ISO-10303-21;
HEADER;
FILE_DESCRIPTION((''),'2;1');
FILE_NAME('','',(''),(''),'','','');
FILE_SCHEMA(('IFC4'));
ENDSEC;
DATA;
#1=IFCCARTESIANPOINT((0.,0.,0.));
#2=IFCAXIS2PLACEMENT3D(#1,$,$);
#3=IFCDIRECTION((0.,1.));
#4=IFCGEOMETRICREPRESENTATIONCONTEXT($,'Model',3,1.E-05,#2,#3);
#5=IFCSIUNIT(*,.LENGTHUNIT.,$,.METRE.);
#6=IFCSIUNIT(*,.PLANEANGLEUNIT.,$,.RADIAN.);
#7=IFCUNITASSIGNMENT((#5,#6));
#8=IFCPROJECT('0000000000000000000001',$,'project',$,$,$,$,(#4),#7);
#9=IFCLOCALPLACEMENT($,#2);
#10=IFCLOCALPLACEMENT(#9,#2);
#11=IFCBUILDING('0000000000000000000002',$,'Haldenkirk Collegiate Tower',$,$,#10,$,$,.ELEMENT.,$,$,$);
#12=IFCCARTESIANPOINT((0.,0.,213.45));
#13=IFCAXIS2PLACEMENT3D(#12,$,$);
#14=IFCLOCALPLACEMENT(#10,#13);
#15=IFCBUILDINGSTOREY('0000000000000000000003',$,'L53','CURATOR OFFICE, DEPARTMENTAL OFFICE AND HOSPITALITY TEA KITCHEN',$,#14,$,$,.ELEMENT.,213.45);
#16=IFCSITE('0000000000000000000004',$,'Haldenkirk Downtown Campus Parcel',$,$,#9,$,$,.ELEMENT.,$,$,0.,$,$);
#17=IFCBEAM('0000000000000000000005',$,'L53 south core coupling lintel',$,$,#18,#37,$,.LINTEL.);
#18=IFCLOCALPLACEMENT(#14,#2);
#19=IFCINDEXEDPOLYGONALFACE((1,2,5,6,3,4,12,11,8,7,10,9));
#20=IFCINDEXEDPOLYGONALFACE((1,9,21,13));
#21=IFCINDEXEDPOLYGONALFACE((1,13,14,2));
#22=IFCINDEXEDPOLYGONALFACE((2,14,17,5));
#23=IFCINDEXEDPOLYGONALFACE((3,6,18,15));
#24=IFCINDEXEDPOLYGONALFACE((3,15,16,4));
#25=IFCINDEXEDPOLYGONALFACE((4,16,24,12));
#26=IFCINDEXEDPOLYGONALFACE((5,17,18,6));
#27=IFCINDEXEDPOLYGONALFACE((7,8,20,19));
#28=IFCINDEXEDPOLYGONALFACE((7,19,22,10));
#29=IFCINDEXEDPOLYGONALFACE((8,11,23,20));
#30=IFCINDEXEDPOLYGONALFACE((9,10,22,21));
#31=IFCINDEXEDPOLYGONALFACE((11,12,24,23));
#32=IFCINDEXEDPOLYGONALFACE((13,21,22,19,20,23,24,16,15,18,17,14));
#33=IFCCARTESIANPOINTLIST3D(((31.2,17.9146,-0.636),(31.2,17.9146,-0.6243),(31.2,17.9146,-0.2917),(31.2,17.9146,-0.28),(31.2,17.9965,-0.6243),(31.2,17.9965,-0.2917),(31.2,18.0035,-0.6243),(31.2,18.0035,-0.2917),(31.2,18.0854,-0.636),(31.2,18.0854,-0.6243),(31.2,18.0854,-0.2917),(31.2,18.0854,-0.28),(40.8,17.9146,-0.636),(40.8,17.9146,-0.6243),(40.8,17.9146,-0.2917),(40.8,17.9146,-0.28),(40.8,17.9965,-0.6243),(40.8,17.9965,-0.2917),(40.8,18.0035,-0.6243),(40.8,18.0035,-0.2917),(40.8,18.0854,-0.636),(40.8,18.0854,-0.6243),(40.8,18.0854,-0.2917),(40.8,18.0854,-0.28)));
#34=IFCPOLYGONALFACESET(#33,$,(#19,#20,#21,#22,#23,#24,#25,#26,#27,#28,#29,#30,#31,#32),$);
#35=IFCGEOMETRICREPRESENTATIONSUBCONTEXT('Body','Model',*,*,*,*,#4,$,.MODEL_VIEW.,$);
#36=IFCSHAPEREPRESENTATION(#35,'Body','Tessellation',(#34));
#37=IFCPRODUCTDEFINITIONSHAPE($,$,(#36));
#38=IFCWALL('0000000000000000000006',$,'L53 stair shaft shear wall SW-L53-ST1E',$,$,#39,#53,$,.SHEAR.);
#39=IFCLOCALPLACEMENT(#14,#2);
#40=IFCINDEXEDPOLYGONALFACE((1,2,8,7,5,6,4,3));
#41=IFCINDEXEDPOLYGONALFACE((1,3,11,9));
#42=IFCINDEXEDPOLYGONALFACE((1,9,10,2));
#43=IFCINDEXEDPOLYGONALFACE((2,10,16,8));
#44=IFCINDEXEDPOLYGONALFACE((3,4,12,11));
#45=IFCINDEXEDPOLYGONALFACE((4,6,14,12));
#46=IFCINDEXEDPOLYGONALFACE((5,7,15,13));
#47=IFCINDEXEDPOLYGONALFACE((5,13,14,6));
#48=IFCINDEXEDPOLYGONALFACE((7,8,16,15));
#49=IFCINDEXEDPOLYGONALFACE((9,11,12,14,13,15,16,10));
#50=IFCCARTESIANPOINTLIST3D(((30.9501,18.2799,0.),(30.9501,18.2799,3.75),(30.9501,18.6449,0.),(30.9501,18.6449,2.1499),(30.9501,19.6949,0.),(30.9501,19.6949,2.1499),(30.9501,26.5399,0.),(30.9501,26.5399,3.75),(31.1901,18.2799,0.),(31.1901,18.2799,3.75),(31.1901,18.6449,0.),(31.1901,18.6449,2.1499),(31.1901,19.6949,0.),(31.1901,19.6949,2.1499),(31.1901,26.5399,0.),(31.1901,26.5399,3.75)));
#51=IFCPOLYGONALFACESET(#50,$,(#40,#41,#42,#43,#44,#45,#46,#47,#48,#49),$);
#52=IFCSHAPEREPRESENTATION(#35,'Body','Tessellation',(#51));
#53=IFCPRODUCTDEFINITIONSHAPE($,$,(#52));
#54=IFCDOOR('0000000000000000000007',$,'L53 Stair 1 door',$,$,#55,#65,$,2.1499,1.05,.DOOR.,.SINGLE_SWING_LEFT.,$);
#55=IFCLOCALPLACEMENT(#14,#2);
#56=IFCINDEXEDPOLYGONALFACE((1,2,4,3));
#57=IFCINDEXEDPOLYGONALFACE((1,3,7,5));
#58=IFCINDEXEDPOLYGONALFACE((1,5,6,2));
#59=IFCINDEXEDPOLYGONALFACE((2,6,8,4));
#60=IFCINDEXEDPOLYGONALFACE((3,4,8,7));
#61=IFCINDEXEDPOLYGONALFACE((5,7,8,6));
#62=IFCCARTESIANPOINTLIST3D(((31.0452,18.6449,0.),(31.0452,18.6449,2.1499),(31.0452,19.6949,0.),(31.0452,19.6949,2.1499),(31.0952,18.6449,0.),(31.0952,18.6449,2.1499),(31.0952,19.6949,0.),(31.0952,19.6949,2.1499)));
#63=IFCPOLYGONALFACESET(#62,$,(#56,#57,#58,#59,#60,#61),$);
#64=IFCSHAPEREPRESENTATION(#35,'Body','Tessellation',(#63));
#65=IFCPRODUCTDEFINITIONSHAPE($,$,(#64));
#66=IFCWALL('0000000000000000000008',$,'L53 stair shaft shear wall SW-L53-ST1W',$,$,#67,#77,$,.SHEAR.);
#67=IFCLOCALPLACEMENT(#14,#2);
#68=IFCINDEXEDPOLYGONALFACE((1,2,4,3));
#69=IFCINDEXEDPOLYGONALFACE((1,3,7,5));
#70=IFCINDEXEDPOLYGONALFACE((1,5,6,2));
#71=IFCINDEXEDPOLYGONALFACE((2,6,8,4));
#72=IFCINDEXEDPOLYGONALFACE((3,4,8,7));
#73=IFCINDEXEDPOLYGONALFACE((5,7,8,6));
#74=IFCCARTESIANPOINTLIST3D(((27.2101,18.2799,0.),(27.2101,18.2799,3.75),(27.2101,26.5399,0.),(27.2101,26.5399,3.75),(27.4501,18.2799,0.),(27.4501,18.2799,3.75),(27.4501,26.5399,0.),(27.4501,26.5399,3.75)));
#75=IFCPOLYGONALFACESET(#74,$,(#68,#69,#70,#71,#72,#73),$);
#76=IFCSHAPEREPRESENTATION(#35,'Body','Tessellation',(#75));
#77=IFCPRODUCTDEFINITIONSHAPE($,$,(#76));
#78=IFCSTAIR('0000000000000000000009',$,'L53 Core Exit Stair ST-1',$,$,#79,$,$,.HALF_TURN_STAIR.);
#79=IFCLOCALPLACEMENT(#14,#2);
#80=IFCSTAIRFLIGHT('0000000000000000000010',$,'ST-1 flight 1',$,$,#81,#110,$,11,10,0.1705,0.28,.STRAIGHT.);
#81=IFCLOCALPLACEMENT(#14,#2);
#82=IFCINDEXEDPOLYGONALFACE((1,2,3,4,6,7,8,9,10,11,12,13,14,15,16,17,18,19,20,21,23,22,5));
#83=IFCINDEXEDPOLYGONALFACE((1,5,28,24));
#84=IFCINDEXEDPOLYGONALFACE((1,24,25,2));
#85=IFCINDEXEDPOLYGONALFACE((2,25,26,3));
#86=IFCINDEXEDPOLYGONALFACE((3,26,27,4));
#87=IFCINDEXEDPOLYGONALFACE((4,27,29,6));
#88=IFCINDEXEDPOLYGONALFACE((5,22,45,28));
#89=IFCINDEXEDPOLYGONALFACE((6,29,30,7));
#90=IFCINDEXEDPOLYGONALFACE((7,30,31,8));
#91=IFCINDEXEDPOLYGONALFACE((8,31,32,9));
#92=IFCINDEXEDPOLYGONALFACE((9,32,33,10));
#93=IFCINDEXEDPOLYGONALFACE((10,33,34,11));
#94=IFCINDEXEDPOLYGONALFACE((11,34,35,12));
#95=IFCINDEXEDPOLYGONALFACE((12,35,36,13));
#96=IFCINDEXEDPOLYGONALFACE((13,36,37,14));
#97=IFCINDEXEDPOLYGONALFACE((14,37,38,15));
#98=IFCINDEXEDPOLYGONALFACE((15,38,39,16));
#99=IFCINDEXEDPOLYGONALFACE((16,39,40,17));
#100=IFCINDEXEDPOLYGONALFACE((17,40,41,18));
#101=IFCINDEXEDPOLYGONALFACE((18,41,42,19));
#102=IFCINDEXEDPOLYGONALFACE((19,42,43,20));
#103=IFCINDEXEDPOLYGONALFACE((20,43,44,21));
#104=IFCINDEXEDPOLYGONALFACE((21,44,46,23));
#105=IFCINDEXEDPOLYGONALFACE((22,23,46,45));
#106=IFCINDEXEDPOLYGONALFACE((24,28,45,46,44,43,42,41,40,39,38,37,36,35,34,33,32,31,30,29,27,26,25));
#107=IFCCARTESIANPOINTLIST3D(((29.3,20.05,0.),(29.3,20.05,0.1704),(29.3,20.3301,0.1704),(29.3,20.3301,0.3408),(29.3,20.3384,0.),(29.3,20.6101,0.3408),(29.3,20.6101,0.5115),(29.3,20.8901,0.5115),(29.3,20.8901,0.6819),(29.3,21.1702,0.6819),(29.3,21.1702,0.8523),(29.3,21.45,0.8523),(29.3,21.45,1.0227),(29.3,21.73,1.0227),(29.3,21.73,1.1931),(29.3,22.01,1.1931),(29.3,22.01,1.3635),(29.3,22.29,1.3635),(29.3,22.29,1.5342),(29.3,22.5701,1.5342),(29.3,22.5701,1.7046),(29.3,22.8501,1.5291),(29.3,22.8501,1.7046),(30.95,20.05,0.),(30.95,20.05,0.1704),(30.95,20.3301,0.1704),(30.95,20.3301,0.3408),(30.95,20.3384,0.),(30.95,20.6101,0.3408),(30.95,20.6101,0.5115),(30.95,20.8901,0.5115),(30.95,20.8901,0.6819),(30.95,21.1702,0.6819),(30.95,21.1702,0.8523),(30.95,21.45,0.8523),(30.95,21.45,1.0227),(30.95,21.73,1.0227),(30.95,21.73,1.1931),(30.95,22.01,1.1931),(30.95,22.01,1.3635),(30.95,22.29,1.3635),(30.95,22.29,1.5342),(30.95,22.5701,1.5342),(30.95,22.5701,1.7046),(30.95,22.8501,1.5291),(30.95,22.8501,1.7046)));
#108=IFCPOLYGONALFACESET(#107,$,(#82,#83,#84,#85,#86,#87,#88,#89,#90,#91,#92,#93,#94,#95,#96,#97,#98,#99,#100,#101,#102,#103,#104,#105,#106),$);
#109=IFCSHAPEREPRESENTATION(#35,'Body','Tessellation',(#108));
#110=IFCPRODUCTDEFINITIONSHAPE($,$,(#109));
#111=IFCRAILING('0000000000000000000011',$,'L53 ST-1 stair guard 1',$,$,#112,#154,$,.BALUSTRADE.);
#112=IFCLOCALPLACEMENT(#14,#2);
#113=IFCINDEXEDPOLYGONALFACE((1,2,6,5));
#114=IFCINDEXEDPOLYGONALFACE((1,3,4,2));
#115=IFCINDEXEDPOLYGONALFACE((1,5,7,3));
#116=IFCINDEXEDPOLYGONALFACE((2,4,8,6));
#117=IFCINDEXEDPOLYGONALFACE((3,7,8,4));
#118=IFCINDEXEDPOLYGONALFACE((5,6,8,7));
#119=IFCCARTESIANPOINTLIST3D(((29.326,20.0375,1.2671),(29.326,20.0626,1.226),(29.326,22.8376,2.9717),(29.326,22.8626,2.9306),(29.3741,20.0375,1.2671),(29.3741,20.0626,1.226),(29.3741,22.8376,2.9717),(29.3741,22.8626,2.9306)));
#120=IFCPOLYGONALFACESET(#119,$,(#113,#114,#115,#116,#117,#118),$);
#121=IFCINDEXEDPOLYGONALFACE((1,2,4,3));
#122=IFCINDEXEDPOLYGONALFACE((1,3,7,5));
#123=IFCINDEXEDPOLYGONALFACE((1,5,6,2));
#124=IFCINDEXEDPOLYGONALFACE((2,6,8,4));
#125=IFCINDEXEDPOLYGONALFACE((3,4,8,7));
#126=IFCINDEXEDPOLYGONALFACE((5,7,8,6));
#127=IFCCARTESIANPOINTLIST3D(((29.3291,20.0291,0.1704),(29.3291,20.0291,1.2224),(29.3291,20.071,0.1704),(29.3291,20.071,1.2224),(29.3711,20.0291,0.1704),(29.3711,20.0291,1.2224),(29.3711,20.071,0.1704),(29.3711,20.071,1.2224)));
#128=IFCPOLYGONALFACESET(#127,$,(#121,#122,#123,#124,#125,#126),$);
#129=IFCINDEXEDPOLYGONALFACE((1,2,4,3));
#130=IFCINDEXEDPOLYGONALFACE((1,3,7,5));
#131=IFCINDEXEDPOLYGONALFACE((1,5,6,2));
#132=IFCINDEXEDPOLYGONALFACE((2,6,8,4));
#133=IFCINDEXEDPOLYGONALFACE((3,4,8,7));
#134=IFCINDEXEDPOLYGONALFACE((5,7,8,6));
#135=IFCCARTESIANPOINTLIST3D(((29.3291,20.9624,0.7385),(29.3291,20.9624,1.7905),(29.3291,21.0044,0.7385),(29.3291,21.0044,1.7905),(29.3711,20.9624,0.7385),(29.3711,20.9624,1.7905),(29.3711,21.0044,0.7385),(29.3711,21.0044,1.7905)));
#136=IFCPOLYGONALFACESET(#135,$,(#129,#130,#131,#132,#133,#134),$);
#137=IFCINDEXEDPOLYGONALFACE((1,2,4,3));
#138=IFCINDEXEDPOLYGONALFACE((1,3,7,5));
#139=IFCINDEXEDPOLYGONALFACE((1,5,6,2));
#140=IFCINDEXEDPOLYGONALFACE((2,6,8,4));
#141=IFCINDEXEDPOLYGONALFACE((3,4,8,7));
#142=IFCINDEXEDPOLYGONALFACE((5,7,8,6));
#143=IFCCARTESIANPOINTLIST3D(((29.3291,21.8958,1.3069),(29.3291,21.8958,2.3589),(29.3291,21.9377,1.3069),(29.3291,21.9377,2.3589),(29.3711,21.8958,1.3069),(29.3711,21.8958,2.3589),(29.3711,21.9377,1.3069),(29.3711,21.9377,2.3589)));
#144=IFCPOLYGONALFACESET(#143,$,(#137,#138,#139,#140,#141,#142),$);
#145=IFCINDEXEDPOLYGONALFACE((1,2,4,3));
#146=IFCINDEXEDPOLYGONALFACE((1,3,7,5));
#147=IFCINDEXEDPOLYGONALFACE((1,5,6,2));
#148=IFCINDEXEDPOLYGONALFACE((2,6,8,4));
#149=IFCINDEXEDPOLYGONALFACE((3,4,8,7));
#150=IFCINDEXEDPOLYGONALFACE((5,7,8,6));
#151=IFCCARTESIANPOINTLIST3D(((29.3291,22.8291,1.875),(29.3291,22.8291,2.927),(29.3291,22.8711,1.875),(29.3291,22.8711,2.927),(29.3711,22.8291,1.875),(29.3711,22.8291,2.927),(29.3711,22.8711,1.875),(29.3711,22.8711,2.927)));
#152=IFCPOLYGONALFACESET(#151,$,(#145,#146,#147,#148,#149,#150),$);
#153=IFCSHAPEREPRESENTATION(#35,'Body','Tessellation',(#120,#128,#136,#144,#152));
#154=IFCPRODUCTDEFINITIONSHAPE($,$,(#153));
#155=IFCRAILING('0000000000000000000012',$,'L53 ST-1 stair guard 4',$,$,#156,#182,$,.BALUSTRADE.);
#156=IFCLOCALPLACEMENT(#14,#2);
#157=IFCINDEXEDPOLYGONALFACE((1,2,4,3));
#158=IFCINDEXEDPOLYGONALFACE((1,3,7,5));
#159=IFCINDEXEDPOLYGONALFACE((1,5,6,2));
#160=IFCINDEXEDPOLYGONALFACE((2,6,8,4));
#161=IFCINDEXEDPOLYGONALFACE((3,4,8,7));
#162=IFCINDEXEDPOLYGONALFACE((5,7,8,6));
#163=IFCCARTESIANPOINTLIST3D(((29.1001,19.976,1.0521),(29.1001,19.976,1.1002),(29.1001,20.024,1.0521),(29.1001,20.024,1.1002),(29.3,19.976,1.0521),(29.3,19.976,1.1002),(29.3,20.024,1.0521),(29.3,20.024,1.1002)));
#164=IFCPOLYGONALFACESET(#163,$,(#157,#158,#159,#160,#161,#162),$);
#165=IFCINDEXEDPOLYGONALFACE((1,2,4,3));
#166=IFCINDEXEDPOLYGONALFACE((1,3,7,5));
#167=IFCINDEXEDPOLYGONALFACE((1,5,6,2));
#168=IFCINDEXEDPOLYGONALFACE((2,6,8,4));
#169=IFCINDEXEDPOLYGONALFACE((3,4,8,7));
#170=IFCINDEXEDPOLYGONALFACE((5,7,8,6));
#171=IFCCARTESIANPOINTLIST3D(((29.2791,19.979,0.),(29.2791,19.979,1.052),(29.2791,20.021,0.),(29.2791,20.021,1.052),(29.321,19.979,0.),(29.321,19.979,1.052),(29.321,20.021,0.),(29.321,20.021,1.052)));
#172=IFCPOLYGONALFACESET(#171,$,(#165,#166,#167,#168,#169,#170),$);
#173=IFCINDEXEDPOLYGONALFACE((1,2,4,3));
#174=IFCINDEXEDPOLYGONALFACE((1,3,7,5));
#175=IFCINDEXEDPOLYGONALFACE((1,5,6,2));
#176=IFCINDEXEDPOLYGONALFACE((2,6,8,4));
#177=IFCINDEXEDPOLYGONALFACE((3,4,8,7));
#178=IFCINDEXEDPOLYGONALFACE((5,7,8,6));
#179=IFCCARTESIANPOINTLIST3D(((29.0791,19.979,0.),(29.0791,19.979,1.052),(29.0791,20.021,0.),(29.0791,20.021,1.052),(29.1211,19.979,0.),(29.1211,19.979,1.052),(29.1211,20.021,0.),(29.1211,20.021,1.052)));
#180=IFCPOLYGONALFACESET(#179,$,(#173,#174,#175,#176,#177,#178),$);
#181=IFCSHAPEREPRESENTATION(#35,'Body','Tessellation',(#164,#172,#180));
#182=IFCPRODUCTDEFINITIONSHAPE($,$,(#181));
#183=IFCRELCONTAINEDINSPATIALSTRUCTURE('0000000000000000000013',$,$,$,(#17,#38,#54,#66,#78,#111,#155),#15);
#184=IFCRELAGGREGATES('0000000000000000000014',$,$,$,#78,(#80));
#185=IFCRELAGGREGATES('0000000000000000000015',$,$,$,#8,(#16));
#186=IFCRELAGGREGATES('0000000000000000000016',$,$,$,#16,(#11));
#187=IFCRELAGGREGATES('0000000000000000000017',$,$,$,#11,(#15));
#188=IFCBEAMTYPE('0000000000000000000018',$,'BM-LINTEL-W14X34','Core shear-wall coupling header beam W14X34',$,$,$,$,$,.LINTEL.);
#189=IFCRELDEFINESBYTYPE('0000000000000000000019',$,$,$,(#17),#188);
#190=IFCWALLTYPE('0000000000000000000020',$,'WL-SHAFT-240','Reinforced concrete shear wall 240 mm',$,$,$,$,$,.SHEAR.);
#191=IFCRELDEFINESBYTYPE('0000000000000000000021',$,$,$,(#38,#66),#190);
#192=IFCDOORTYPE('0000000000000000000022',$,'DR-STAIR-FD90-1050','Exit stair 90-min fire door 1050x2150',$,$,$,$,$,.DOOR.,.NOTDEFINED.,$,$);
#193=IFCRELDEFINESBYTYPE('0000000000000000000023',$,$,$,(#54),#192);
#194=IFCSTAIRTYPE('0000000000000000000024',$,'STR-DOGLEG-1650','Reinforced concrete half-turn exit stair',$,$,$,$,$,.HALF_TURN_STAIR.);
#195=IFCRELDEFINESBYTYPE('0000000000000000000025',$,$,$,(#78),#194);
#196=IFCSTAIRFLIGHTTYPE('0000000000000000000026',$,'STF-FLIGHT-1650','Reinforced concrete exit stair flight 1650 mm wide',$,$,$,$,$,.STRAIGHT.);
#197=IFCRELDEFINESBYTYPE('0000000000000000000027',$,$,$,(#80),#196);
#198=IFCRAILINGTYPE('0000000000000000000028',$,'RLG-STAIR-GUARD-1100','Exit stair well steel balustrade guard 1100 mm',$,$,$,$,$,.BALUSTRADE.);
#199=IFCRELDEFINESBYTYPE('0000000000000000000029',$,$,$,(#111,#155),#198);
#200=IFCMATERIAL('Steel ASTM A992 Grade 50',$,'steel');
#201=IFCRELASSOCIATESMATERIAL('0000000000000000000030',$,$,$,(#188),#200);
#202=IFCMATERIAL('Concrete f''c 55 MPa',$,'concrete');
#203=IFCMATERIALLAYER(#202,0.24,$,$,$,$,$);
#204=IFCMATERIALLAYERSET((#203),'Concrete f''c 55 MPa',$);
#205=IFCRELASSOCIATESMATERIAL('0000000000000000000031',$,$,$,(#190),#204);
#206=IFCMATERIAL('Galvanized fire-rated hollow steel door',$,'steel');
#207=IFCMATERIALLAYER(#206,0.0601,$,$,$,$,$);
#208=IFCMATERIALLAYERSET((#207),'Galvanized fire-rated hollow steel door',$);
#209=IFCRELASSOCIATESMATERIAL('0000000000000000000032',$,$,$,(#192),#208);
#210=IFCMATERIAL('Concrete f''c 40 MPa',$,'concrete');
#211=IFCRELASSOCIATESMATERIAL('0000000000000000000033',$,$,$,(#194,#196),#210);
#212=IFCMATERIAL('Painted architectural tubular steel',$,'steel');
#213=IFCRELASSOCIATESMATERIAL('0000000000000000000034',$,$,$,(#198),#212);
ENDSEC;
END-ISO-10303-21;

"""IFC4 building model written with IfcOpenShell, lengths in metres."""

from ifc_helpers import new_model, si_unit, direction, frame, frame_2d, origin, origin_2d, place, context, subcontext, project, spatial, polyline, rectangle, i_section, outline, extrude, material, layer, layer_set, material_profile, profile_set, type_object, element, fill, aggregate, save


model = new_model("IFC4")

# Units and contexts
model_context = context("Model", 3, precision=1e-05, world=origin(), true_north=direction((0.0, 1.0)))
body_context = subcontext(model_context, "Body", "Model", "MODEL_VIEW")
ifc_project = project(units=[si_unit("LENGTHUNIT", "METRE"), si_unit("PLANEANGLEUNIT", "RADIAN")], contexts=[model_context])

# Site, building, storey
site_placement = place(None, origin())
site = spatial("IfcSite", under=ifc_project, at=site_placement, Name="Haldenkirk Downtown Campus Parcel", CompositionType="ELEMENT", RefElevation=0.0)
building_placement = place(site_placement, origin())
building = spatial("IfcBuilding", under=site, at=building_placement, Name="Haldenkirk Collegiate Tower", CompositionType="ELEMENT")
storey_placement = place(building_placement, frame((0.0, 0.0, 213.45)))
storey = spatial("IfcBuildingStorey", under=building, at=storey_placement, Name="L53", Description="CURATOR OFFICE, DEPARTMENTAL OFFICE AND HOSPITALITY TEA KITCHEN", CompositionType="ELEMENT", Elevation=213.45)

# Beam
ifc_material_1 = material(Name="Steel ASTM A992 Grade 50", Category="steel")
ifc_material_profile = material_profile(ifc_material_1, i_section(OverallWidth=0.1709, OverallDepth=0.356, WebThickness=0.0071, FlangeThickness=0.0117, at=origin_2d()), Name="W14X34")
ifc_profile_set = profile_set([ifc_material_profile], Name="Steel ASTM A992 Grade 50")
beam_type = type_object("IfcBeamType", Name="BM-LINTEL-W14X34", Description="Core shear-wall coupling header beam W14X34", PredefinedType="LINTEL", material=ifc_profile_set)
beam_placement = place(storey_placement, frame((31.2, 18.0, -0.458), z_axis=(1.0, 0.0, 0.0), x_axis=(0.0, 1.0, 0.0)))
element("IfcBeam", 1, at=beam_placement, inside=storey, type_object=beam_type, Name="L53 south core coupling lintel", PredefinedType="LINTEL", context=body_context, shape_type="SweptSolid", body=[
    extrude(i_section(OverallWidth=0.1709, OverallDepth=0.356, WebThickness=0.0071, FlangeThickness=0.0117, at=origin_2d()), origin(), (0.0, 0.0, 1.0), 9.6001),
])

# Shared definitions
ifc_material_2 = material(Name="Galvanized fire-rated hollow steel door", Category="steel")

# Wall, opening, door
ifc_material_3 = material(Name="Concrete f'c 55 MPa", Category="concrete")
ifc_layer_1 = layer(ifc_material_3, 0.24)
ifc_layer_set_1 = layer_set([ifc_layer_1], Name="Concrete f'c 55 MPa")
wall_type_1 = type_object("IfcWallType", Name="WL-SHAFT-240", Description="Reinforced concrete shear wall 240 mm", PredefinedType="SHEAR", material=ifc_layer_set_1)
wall_1_placement = place(storey_placement, frame((31.0701, 18.28, 0.0), z_axis=(0.0, 0.0, 1.0), x_axis=(0.0, 1.0, 0.0)))
wall_1 = element("IfcWall", 2, at=wall_1_placement, inside=storey, type_object=wall_type_1, Name="L53 stair shaft shear wall SW-L53-ST1E", PredefinedType="SHEAR", context=body_context, shape_type="SweptSolid", body=[
    extrude(rectangle(XDim=8.26, YDim=0.24, at=frame_2d((4.1299, 0.0))), origin(), (0.0, 0.0, 1.0), 3.75),
])
opening_1_placement = place(wall_1_placement, frame((0.365, 0.0, 0.0)))
opening_1 = element("IfcOpeningElement", 3, at=opening_1_placement, cuts=wall_1, PredefinedType="OPENING", context=body_context, shape_type="SweptSolid", body=[
    extrude(rectangle(XDim=1.05, YDim=2.1499, at=frame_2d((0.5249, 1.075))), frame((0.0, 0.1299, 0.0), z_axis=(0.0, -1.0, 0.0), x_axis=(1.0, 0.0, 0.0)), (0.0, 0.0, 1.0), 0.26),
])
ifc_layer_2 = layer(ifc_material_2, 0.0601)
ifc_layer_set_2 = layer_set([ifc_layer_2], Name="Galvanized fire-rated hollow steel door")
door_type_1 = type_object("IfcDoorType", Name="DR-STAIR-FD90-1050", Description="Exit stair 90-min fire door 1050x2150", OperationType="NOTDEFINED", PredefinedType="DOOR", material=ifc_layer_set_2)
door_1_placement = place(opening_1_placement, origin())
door_1 = element("IfcDoor", 4, at=door_1_placement, inside=storey, type_object=door_type_1, Name="L53 Stair 1 door", OperationType="SINGLE_SWING_LEFT", OverallHeight=2.1499, OverallWidth=1.05, PredefinedType="DOOR", context=body_context, shape_type="SweptSolid", body=[
    extrude(rectangle(XDim=1.05, YDim=2.1499, at=frame_2d((0.5249, 1.075))), frame((0.0, 0.0249, 0.0), z_axis=(0.0, -1.0, 0.0), x_axis=(1.0, 0.0, 0.0)), (0.0, 0.0, 1.0), 0.05),
])
fill(opening_1, door_1)

# Wall
wall_2_placement = place(storey_placement, frame((27.3301, 18.28, 0.0), z_axis=(0.0, 0.0, 1.0), x_axis=(0.0, 1.0, 0.0)))
element("IfcWall", 5, at=wall_2_placement, inside=storey, type_object=wall_type_1, Name="L53 stair shaft shear wall SW-L53-ST1W", PredefinedType="SHEAR", context=body_context, shape_type="SweptSolid", body=[
    extrude(rectangle(XDim=8.26, YDim=0.24, at=frame_2d((4.1299, 0.0))), origin(), (0.0, 0.0, 1.0), 3.75),
])

# Stair, stair flight
ifc_material_4 = material(Name="Concrete f'c 40 MPa", Category="concrete")
stair_type = type_object("IfcStairType", Name="STR-DOGLEG-1650", Description="Reinforced concrete half-turn exit stair", PredefinedType="HALF_TURN_STAIR", material=ifc_material_4)
stair_placement = place(storey_placement, origin())
stair = element("IfcStair", 6, at=stair_placement, inside=storey, type_object=stair_type, Name="L53 Core Exit Stair ST-1", PredefinedType="HALF_TURN_STAIR")
stair_flight_type = type_object("IfcStairFlightType", Name="STF-FLIGHT-1650", Description="Reinforced concrete exit stair flight 1650 mm wide", PredefinedType="STRAIGHT", material=ifc_material_4)
stair_flight_placement = place(storey_placement, frame((30.125, 20.05, 0.0), z_axis=(0.0, 0.0, 1.0), x_axis=(0.0, 1.0, 0.0)))
stair_flight = element("IfcStairFlight", 7, at=stair_flight_placement, type_object=stair_flight_type, Name="ST-1 flight 1", NumberOfRisers=11, NumberOfTreads=10, PredefinedType="STRAIGHT", RiserHeight=0.1705, TreadLength=0.28, context=body_context, shape_type="SweptSolid", body=[
    extrude(outline(polyline([(0.0, 0.0), (0.0, 0.1704), (0.28, 0.1704), (0.28, 0.3408), (0.5601, 0.3408), (0.5601, 0.5115), (0.8401, 0.5115), (0.8401, 0.6819), (1.1201, 0.6819), (1.1201, 0.8523), (1.3999, 0.8523), (1.3999, 1.0227), (1.6799, 1.0227), (1.6799, 1.1931), (1.96, 1.1931), (1.96, 1.3635), (2.24, 1.3635), (2.24, 1.5342), (2.52, 1.5342), (2.52, 1.7046), (2.8, 1.7046), (2.8, 1.875), (2.8, 1.5291), (0.2883, 0.0), (0.0, 0.0)])), frame((0.0, 0.825, 0.0), z_axis=(0.0, -1.0, 0.0), x_axis=(1.0, 0.0, 0.0)), (0.0, 0.0, 1.0), 1.6499),
])
aggregate(stair, [stair_flight])

# Railings
ifc_material_5 = material(Name="Painted architectural tubular steel", Category="steel")
railing_type_1 = type_object("IfcRailingType", Name="RLG-STAIR-GUARD-1100", Description="Exit stair well steel balustrade guard 1100 mm", PredefinedType="BALUSTRADE", material=ifc_material_5)
railing_1_placement = place(storey_placement, frame((29.3501, 20.05, 0.1704)))
element("IfcRailing", 8, at=railing_1_placement, inside=storey, type_object=railing_type_1, Name="L53 ST-1 stair guard 1", PredefinedType="BALUSTRADE", context=body_context, shape_type="SweptSolid", body=[
    extrude(rectangle(XDim=0.0481, YDim=0.0481, at=origin_2d()), frame((0.0, 0.0, 1.0762), z_axis=(0.0, 0.85417, 0.519994), x_axis=(-1.0, 0.0, 0.0)), (0.0, 0.0, 1.0), 3.2781),
    extrude(rectangle(XDim=0.042, YDim=0.042, at=origin_2d()), origin(), (0.0, 0.0, 1.0), 1.052),
    extrude(rectangle(XDim=0.042, YDim=0.042, at=origin_2d()), frame((0.0, 0.9333, 0.5681)), (0.0, 0.0, 1.0), 1.052),
    extrude(rectangle(XDim=0.042, YDim=0.042, at=origin_2d()), frame((0.0, 1.8667, 1.1365)), (0.0, 0.0, 1.0), 1.052),
    extrude(rectangle(XDim=0.042, YDim=0.042, at=origin_2d()), frame((0.0, 2.8, 1.7046)), (0.0, 0.0, 1.0), 1.052),
])
railing_2_placement = place(storey_placement, frame((29.3, 20.0, 0.0)))
element("IfcRailing", 9, at=railing_2_placement, inside=storey, type_object=railing_type_1, Name="L53 ST-1 stair guard 4", PredefinedType="BALUSTRADE", context=body_context, shape_type="SweptSolid", body=[
    extrude(rectangle(XDim=0.0481, YDim=0.0481, at=origin_2d()), frame((0.0, 0.0, 1.0762), z_axis=(-1.0, 0.0, 0.0), x_axis=(0.0, -1.0, 0.0)), (0.0, 0.0, 1.0), 0.2),
    extrude(rectangle(XDim=0.042, YDim=0.042, at=origin_2d()), origin(), (0.0, 0.0, 1.0), 1.052),
    extrude(rectangle(XDim=0.042, YDim=0.042, at=origin_2d()), frame((-0.2, 0.0, 0.0)), (0.0, 0.0, 1.0), 1.052),
])

save(model, "model.ifc")
